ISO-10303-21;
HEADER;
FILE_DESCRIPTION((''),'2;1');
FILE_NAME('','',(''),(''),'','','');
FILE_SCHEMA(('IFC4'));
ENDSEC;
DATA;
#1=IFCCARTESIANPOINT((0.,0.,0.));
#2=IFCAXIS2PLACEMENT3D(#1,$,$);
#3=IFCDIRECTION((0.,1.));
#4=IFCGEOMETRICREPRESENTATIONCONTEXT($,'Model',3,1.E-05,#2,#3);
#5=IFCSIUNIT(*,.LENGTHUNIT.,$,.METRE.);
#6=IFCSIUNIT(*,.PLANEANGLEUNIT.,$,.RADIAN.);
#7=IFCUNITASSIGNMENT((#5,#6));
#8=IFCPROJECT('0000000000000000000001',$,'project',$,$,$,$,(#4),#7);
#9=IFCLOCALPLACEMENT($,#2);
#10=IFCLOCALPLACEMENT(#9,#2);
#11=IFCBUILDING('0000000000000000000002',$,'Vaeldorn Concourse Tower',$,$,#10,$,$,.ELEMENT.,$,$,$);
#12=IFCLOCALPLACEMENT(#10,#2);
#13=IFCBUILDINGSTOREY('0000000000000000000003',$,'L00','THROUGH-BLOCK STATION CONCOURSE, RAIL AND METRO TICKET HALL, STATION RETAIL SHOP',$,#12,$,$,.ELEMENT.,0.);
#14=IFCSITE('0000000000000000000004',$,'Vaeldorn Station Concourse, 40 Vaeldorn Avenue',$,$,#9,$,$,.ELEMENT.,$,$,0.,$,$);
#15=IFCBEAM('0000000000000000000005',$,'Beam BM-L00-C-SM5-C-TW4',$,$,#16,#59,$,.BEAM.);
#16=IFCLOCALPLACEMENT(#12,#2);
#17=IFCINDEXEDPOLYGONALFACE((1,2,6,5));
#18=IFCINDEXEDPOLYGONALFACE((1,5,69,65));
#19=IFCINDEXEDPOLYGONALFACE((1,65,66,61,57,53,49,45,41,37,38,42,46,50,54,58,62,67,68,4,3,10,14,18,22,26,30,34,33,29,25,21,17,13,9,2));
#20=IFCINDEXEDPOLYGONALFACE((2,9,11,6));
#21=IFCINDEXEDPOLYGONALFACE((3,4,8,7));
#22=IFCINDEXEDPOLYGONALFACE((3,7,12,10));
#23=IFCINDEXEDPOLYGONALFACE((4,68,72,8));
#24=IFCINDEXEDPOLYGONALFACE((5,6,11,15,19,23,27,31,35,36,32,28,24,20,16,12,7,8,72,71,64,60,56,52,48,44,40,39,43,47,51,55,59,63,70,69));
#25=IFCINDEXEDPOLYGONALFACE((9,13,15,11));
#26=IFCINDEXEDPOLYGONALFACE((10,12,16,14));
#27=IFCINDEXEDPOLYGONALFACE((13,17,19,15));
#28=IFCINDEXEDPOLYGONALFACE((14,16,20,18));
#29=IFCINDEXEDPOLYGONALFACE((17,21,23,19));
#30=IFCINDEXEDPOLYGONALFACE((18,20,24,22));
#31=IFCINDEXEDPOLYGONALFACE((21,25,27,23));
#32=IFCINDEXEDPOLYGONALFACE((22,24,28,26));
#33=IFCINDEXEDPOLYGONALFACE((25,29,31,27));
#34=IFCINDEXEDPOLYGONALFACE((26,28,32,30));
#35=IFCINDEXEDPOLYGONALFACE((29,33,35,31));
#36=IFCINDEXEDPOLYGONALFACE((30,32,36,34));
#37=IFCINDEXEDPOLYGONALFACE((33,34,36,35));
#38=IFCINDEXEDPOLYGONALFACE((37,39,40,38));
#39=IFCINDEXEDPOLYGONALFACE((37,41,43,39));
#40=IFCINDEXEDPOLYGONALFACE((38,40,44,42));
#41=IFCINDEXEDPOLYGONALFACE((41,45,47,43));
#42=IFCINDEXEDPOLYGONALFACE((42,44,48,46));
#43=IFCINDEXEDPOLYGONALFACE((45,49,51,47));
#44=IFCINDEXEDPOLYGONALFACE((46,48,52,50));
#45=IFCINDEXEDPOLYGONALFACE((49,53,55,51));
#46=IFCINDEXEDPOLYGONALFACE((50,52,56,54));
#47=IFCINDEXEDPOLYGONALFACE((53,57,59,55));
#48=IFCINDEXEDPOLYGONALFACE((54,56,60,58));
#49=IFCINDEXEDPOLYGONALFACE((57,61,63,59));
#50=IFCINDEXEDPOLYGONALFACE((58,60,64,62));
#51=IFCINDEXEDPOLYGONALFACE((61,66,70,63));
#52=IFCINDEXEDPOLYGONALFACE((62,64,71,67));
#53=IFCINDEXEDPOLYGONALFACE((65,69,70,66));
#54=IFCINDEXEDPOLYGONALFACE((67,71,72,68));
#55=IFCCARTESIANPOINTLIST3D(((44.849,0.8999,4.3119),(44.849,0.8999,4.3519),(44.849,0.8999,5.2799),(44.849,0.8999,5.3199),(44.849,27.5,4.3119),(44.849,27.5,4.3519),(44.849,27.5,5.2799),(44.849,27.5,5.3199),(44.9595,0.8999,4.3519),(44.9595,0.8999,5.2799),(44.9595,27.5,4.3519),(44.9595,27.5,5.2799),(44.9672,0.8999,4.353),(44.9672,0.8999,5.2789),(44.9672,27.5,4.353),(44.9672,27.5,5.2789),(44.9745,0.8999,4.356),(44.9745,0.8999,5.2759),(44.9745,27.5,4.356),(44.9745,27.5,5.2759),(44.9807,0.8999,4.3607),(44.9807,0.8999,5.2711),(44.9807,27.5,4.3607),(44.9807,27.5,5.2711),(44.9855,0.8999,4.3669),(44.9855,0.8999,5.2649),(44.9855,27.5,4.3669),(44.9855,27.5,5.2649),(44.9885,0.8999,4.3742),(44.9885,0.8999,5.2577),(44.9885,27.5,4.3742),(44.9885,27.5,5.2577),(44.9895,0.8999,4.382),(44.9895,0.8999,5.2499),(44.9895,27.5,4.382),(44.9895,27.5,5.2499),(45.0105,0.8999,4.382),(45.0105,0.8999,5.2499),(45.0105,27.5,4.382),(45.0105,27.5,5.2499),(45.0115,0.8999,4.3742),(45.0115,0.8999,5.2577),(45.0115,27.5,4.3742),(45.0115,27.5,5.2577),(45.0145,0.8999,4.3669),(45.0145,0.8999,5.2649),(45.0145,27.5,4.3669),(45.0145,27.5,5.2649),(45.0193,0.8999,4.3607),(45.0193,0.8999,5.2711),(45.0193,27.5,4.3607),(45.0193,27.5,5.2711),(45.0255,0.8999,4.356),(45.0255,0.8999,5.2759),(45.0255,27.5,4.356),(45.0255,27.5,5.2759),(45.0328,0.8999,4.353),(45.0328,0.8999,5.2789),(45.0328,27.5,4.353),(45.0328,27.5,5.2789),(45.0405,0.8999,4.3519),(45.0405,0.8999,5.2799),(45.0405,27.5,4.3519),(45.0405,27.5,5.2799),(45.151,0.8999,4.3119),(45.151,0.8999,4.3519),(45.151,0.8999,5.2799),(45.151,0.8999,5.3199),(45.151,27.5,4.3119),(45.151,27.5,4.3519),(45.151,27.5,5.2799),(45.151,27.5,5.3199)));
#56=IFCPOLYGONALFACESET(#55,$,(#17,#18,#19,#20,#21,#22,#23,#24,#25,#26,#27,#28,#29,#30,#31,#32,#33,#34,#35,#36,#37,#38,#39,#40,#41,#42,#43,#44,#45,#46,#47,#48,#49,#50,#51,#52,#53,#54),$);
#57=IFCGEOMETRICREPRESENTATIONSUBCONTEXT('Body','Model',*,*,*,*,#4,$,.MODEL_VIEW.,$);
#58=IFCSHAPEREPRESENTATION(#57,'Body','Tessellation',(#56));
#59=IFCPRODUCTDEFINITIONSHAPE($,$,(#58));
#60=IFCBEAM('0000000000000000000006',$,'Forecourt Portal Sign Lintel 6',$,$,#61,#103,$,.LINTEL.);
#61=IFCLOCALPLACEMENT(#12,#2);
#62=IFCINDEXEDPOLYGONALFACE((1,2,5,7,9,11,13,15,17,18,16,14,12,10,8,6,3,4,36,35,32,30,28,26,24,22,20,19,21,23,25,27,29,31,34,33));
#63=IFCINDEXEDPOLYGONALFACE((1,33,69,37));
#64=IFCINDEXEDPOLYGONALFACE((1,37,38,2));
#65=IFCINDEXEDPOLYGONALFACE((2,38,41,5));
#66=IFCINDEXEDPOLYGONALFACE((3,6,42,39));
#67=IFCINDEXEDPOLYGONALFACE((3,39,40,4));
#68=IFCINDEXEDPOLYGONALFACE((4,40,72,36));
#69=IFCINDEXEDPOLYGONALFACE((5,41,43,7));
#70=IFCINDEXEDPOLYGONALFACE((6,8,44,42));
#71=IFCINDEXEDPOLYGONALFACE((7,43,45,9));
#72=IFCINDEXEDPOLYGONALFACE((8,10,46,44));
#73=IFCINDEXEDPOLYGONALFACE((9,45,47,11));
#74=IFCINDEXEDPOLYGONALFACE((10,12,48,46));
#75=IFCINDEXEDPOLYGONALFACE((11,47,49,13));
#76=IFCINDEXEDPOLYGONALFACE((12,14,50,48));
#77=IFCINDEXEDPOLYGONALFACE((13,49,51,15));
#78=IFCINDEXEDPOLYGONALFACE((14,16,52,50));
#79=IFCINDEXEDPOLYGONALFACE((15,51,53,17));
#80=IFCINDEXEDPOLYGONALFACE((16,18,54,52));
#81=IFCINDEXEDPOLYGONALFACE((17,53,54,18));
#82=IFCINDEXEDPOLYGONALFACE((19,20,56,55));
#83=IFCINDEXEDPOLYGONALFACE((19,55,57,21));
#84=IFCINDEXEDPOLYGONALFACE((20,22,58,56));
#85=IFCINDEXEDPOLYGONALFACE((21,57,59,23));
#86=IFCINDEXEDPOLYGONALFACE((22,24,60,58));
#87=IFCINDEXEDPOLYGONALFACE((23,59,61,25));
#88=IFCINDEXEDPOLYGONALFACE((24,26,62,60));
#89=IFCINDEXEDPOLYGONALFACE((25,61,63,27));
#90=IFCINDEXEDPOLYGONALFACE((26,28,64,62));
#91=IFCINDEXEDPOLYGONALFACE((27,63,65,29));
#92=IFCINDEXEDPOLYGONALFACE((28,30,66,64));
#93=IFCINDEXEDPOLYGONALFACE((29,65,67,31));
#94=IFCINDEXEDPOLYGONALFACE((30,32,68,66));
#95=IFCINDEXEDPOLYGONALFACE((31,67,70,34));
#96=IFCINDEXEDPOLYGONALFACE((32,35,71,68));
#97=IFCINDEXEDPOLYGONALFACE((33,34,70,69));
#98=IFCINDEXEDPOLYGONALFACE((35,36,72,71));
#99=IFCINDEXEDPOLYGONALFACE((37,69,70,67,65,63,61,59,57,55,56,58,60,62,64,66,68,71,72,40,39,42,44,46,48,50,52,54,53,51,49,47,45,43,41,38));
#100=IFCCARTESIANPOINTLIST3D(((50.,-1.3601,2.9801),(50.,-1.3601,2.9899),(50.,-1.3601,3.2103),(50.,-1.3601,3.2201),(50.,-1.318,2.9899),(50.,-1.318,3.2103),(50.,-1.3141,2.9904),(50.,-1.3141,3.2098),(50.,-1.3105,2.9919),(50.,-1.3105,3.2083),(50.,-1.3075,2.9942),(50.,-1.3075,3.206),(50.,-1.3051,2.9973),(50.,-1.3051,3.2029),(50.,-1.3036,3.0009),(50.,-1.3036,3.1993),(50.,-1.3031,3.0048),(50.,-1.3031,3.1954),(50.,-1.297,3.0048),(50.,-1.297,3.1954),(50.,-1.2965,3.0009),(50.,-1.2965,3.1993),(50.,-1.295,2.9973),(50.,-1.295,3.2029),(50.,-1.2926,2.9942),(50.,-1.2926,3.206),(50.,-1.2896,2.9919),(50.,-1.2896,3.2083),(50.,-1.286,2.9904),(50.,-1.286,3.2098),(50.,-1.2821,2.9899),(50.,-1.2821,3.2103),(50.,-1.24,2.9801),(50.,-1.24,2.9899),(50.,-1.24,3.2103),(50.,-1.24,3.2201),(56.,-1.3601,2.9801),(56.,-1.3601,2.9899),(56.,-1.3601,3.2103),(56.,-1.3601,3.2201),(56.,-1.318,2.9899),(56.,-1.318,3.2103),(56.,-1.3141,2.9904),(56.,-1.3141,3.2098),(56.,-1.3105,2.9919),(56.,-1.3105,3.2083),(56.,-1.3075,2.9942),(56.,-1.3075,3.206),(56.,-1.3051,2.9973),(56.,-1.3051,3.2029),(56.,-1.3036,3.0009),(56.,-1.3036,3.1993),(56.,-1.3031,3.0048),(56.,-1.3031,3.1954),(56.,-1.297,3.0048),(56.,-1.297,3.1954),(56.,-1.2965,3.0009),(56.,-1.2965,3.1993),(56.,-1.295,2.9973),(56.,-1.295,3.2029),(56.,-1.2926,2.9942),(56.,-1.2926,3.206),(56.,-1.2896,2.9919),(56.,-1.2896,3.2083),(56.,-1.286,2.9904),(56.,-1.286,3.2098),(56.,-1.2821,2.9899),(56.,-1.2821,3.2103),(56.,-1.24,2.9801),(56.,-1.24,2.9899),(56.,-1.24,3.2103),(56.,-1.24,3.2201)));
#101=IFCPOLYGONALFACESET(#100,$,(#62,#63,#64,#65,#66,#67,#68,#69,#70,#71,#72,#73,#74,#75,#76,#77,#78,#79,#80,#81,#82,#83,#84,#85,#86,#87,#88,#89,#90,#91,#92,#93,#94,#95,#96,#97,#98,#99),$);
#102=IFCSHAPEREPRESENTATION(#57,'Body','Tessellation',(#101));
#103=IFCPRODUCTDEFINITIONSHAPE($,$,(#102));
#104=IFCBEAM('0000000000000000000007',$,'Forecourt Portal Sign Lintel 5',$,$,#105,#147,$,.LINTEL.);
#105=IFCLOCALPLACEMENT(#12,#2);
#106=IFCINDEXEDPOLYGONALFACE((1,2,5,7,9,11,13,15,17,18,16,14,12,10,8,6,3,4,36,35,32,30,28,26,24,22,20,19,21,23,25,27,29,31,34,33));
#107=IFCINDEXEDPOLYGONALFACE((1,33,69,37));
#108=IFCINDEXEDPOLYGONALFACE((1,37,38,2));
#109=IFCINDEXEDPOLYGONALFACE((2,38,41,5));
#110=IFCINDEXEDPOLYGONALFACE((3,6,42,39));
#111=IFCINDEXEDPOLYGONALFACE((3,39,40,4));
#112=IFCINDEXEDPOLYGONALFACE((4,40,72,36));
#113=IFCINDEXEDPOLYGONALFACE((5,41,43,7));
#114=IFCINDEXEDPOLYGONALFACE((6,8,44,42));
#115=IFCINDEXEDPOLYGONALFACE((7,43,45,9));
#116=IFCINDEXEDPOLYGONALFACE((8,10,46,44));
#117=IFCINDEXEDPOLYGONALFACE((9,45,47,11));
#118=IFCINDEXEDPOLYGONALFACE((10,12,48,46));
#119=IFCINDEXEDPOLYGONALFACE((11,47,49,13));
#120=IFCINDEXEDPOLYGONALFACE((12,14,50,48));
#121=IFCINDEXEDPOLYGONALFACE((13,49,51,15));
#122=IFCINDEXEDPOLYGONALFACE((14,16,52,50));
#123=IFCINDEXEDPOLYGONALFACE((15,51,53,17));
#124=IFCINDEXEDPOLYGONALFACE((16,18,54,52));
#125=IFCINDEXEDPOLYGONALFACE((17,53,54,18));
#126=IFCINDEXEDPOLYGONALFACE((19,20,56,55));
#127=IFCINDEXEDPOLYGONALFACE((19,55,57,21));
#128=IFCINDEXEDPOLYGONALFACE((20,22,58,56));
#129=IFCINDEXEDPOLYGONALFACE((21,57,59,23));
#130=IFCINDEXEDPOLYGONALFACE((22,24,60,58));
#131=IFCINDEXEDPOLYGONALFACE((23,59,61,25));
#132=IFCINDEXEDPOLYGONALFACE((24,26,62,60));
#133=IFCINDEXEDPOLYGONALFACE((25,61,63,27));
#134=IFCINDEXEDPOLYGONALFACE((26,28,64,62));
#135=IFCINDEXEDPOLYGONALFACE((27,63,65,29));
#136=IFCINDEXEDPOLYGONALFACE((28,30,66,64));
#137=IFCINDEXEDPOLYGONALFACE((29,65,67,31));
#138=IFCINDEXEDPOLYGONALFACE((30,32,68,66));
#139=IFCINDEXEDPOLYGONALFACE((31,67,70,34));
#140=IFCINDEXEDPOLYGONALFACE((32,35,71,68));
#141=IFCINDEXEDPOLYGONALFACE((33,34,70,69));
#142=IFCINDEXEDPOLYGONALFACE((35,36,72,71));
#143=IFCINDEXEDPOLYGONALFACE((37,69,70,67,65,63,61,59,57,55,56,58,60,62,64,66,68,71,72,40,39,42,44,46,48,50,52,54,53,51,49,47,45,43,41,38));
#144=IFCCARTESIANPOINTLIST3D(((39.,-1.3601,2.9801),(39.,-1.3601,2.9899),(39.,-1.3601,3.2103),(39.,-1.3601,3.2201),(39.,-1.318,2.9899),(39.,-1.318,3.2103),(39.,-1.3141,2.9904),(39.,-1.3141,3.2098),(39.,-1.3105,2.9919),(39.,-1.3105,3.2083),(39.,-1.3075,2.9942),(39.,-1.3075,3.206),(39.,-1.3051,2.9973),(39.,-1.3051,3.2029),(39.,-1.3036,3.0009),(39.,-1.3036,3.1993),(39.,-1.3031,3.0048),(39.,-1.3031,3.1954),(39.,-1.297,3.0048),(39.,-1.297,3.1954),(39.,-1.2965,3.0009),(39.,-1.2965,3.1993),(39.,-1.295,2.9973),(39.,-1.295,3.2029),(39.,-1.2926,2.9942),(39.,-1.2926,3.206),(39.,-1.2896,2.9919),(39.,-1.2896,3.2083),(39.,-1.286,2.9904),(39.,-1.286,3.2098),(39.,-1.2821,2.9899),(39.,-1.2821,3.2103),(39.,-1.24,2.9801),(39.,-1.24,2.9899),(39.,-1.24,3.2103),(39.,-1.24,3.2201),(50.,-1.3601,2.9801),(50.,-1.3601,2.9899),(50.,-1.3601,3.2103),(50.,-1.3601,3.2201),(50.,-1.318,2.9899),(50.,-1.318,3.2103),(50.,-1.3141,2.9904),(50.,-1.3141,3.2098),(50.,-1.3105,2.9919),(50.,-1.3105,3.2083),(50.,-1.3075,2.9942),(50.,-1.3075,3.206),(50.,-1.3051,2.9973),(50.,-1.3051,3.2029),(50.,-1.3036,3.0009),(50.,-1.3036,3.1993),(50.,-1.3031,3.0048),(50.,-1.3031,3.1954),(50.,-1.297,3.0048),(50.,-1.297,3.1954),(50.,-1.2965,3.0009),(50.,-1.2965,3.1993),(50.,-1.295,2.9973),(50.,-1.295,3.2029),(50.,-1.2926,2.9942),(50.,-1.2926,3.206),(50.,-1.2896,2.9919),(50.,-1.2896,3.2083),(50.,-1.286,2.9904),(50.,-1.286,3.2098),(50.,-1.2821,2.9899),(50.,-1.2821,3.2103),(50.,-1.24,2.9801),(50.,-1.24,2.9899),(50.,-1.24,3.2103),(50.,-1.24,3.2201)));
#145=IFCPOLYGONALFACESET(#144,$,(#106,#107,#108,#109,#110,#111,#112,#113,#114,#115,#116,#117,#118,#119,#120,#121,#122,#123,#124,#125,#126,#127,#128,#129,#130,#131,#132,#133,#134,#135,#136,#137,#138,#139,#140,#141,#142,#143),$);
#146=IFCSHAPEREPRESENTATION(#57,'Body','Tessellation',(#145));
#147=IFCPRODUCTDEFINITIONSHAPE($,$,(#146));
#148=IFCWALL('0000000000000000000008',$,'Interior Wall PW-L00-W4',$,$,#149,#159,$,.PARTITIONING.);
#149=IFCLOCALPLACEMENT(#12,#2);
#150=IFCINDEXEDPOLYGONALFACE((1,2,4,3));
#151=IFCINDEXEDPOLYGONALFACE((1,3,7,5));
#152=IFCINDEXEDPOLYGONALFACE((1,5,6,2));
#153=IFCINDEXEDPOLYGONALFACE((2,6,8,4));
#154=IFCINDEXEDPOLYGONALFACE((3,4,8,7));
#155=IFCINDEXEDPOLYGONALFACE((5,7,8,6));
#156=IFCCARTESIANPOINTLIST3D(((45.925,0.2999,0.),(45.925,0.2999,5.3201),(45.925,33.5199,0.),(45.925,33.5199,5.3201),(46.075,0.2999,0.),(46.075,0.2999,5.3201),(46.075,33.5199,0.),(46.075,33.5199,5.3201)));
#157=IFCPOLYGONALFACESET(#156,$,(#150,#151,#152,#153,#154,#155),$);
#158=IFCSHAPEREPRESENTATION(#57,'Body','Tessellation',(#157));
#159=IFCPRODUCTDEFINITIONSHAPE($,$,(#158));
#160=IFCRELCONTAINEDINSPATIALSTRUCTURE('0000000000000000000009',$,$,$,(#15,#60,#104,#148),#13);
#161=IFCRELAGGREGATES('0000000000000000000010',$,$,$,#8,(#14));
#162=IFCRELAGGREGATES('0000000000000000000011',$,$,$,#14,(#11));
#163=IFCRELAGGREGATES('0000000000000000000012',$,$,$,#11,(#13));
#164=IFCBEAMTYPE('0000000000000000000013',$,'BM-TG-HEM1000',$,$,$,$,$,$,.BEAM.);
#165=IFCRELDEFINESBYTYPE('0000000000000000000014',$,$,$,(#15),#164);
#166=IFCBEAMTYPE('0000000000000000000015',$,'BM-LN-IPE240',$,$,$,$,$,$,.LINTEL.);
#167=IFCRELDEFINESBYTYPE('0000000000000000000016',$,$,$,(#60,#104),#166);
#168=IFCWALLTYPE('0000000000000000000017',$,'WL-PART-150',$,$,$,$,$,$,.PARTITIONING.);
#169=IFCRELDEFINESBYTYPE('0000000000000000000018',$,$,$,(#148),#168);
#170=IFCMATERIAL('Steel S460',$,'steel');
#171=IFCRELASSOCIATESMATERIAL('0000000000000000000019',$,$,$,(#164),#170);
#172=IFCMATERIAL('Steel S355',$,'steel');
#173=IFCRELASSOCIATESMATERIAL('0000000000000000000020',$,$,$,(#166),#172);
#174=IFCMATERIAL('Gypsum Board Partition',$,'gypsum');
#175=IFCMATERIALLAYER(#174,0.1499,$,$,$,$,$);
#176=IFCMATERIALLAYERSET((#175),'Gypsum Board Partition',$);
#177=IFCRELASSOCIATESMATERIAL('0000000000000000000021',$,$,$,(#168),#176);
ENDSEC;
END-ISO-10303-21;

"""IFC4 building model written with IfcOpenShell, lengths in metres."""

from ifc_helpers import new_model, si_unit, direction, frame, frame_2d, origin, origin_2d, place, context, subcontext, project, spatial, rectangle, i_section, extrude, source, transform, mapped, material, layer, layer_set, material_profile, profile_set, type_object, element, save


model = new_model("IFC4")

# Units and contexts
model_context = context("Model", 3, precision=1e-05, world=origin(), true_north=direction((0.0, 1.0)))
body_context = subcontext(model_context, "Body", "Model", "MODEL_VIEW")
ifc_project = project(units=[si_unit("LENGTHUNIT", "METRE"), si_unit("PLANEANGLEUNIT", "RADIAN")], contexts=[model_context])

# Site, building, storey
site_placement = place(None, origin())
site = spatial("IfcSite", under=ifc_project, at=site_placement, Name="Vaeldorn Station Concourse, 40 Vaeldorn Avenue", CompositionType="ELEMENT", RefElevation=0.0)
building_placement = place(site_placement, origin())
building = spatial("IfcBuilding", under=site, at=building_placement, Name="Vaeldorn Concourse Tower", CompositionType="ELEMENT")
storey_placement = place(building_placement, origin())
storey = spatial("IfcBuildingStorey", under=building, at=storey_placement, Name="L00", Description="THROUGH-BLOCK STATION CONCOURSE, RAIL AND METRO TICKET HALL, STATION RETAIL SHOP", CompositionType="ELEMENT", Elevation=0.0)

# Shared definitions
ifc_material_1 = material(Name="Steel S460", Category="steel")
ifc_material_2 = material(Name="Steel S355", Category="steel")

# Beams
ifc_material_profile_1 = material_profile(ifc_material_1, i_section(OverallWidth=0.302, OverallDepth=1.0081, WebThickness=0.021, FlangeThickness=0.04, FilletRadius=0.03, at=origin_2d()), Name="HEM 1000")
ifc_profile_set_1 = profile_set([ifc_material_profile_1], Name="Steel S460")
beam_type_1 = type_object("IfcBeamType", Name="BM-TG-HEM1000", PredefinedType="BEAM", material=ifc_profile_set_1)
shared_shape_1 = source(origin(), body_context, "Body", "SweptSolid", [
    extrude(i_section(OverallWidth=0.302, OverallDepth=1.0081, WebThickness=0.021, FlangeThickness=0.04, FilletRadius=0.03, at=origin_2d()), origin(), (0.0, 0.0, 1.0), 26.6001),
])
beam_1_placement = place(storey_placement, frame((45.0, 0.8999, 4.8159), z_axis=(0.0, 1.0, 0.0), x_axis=(-1.0, 0.0, 0.0)))
element("IfcBeam", 1, at=beam_1_placement, inside=storey, type_object=beam_type_1, Name="Beam BM-L00-C-SM5-C-TW4", PredefinedType="BEAM", context=body_context, shape_type="MappedRepresentation", body=[
    mapped(shared_shape_1, transform((0.0, 0.0, 0.0), scale=1.0)),
])
ifc_material_profile_2 = material_profile(ifc_material_2, i_section(OverallWidth=0.1201, OverallDepth=0.24, WebThickness=0.0061, FlangeThickness=0.0098, FilletRadius=0.0149, at=origin_2d()), Name="IPE 240")
ifc_profile_set_2 = profile_set([ifc_material_profile_2], Name="Steel S355")
beam_type_2 = type_object("IfcBeamType", Name="BM-LN-IPE240", PredefinedType="LINTEL", material=ifc_profile_set_2)
shared_shape_2 = source(origin(), body_context, "Body", "SweptSolid", [
    extrude(i_section(OverallWidth=0.1201, OverallDepth=0.24, WebThickness=0.0061, FlangeThickness=0.0098, FilletRadius=0.0149, at=origin_2d()), origin(), (0.0, 0.0, 1.0), 6.0),
])
beam_2_placement = place(storey_placement, frame((50.0, -1.3, 3.1001), z_axis=(1.0, 0.0, 0.0), x_axis=(0.0, 1.0, 0.0)))
element("IfcBeam", 2, at=beam_2_placement, inside=storey, type_object=beam_type_2, Name="Forecourt Portal Sign Lintel 6", PredefinedType="LINTEL", context=body_context, shape_type="MappedRepresentation", body=[
    mapped(shared_shape_2, transform((0.0, 0.0, 0.0), scale=1.0)),
])
shared_shape_3 = source(origin(), body_context, "Body", "SweptSolid", [
    extrude(i_section(OverallWidth=0.1201, OverallDepth=0.24, WebThickness=0.0061, FlangeThickness=0.0098, FilletRadius=0.0149, at=origin_2d()), origin(), (0.0, 0.0, 1.0), 11.0),
])
beam_3_placement = place(storey_placement, frame((39.0, -1.3, 3.1001), z_axis=(1.0, 0.0, 0.0), x_axis=(0.0, 1.0, 0.0)))
element("IfcBeam", 3, at=beam_3_placement, inside=storey, type_object=beam_type_2, Name="Forecourt Portal Sign Lintel 5", PredefinedType="LINTEL", context=body_context, shape_type="MappedRepresentation", body=[
    mapped(shared_shape_3, transform((0.0, 0.0, 0.0), scale=1.0)),
])

# Wall
ifc_material_3 = material(Name="Gypsum Board Partition", Category="gypsum")
ifc_layer = layer(ifc_material_3, 0.1499)
ifc_layer_set = layer_set([ifc_layer], Name="Gypsum Board Partition")
wall_type = type_object("IfcWallType", Name="WL-PART-150", PredefinedType="PARTITIONING", material=ifc_layer_set)
wall_placement = place(storey_placement, frame((46.0, 0.3, 0.0), z_axis=(0.0, 0.0, 1.0), x_axis=(0.0, 1.0, 0.0)))
element("IfcWall", 4, at=wall_placement, inside=storey, type_object=wall_type, Name="Interior Wall PW-L00-W4", PredefinedType="PARTITIONING", context=body_context, shape_type="SweptSolid", body=[
    extrude(rectangle(XDim=33.22, YDim=0.1499, at=frame_2d((16.6099, 0.0))), origin(), (0.0, 0.0, 1.0), 5.3201),
])

save(model, "model.ifc")
